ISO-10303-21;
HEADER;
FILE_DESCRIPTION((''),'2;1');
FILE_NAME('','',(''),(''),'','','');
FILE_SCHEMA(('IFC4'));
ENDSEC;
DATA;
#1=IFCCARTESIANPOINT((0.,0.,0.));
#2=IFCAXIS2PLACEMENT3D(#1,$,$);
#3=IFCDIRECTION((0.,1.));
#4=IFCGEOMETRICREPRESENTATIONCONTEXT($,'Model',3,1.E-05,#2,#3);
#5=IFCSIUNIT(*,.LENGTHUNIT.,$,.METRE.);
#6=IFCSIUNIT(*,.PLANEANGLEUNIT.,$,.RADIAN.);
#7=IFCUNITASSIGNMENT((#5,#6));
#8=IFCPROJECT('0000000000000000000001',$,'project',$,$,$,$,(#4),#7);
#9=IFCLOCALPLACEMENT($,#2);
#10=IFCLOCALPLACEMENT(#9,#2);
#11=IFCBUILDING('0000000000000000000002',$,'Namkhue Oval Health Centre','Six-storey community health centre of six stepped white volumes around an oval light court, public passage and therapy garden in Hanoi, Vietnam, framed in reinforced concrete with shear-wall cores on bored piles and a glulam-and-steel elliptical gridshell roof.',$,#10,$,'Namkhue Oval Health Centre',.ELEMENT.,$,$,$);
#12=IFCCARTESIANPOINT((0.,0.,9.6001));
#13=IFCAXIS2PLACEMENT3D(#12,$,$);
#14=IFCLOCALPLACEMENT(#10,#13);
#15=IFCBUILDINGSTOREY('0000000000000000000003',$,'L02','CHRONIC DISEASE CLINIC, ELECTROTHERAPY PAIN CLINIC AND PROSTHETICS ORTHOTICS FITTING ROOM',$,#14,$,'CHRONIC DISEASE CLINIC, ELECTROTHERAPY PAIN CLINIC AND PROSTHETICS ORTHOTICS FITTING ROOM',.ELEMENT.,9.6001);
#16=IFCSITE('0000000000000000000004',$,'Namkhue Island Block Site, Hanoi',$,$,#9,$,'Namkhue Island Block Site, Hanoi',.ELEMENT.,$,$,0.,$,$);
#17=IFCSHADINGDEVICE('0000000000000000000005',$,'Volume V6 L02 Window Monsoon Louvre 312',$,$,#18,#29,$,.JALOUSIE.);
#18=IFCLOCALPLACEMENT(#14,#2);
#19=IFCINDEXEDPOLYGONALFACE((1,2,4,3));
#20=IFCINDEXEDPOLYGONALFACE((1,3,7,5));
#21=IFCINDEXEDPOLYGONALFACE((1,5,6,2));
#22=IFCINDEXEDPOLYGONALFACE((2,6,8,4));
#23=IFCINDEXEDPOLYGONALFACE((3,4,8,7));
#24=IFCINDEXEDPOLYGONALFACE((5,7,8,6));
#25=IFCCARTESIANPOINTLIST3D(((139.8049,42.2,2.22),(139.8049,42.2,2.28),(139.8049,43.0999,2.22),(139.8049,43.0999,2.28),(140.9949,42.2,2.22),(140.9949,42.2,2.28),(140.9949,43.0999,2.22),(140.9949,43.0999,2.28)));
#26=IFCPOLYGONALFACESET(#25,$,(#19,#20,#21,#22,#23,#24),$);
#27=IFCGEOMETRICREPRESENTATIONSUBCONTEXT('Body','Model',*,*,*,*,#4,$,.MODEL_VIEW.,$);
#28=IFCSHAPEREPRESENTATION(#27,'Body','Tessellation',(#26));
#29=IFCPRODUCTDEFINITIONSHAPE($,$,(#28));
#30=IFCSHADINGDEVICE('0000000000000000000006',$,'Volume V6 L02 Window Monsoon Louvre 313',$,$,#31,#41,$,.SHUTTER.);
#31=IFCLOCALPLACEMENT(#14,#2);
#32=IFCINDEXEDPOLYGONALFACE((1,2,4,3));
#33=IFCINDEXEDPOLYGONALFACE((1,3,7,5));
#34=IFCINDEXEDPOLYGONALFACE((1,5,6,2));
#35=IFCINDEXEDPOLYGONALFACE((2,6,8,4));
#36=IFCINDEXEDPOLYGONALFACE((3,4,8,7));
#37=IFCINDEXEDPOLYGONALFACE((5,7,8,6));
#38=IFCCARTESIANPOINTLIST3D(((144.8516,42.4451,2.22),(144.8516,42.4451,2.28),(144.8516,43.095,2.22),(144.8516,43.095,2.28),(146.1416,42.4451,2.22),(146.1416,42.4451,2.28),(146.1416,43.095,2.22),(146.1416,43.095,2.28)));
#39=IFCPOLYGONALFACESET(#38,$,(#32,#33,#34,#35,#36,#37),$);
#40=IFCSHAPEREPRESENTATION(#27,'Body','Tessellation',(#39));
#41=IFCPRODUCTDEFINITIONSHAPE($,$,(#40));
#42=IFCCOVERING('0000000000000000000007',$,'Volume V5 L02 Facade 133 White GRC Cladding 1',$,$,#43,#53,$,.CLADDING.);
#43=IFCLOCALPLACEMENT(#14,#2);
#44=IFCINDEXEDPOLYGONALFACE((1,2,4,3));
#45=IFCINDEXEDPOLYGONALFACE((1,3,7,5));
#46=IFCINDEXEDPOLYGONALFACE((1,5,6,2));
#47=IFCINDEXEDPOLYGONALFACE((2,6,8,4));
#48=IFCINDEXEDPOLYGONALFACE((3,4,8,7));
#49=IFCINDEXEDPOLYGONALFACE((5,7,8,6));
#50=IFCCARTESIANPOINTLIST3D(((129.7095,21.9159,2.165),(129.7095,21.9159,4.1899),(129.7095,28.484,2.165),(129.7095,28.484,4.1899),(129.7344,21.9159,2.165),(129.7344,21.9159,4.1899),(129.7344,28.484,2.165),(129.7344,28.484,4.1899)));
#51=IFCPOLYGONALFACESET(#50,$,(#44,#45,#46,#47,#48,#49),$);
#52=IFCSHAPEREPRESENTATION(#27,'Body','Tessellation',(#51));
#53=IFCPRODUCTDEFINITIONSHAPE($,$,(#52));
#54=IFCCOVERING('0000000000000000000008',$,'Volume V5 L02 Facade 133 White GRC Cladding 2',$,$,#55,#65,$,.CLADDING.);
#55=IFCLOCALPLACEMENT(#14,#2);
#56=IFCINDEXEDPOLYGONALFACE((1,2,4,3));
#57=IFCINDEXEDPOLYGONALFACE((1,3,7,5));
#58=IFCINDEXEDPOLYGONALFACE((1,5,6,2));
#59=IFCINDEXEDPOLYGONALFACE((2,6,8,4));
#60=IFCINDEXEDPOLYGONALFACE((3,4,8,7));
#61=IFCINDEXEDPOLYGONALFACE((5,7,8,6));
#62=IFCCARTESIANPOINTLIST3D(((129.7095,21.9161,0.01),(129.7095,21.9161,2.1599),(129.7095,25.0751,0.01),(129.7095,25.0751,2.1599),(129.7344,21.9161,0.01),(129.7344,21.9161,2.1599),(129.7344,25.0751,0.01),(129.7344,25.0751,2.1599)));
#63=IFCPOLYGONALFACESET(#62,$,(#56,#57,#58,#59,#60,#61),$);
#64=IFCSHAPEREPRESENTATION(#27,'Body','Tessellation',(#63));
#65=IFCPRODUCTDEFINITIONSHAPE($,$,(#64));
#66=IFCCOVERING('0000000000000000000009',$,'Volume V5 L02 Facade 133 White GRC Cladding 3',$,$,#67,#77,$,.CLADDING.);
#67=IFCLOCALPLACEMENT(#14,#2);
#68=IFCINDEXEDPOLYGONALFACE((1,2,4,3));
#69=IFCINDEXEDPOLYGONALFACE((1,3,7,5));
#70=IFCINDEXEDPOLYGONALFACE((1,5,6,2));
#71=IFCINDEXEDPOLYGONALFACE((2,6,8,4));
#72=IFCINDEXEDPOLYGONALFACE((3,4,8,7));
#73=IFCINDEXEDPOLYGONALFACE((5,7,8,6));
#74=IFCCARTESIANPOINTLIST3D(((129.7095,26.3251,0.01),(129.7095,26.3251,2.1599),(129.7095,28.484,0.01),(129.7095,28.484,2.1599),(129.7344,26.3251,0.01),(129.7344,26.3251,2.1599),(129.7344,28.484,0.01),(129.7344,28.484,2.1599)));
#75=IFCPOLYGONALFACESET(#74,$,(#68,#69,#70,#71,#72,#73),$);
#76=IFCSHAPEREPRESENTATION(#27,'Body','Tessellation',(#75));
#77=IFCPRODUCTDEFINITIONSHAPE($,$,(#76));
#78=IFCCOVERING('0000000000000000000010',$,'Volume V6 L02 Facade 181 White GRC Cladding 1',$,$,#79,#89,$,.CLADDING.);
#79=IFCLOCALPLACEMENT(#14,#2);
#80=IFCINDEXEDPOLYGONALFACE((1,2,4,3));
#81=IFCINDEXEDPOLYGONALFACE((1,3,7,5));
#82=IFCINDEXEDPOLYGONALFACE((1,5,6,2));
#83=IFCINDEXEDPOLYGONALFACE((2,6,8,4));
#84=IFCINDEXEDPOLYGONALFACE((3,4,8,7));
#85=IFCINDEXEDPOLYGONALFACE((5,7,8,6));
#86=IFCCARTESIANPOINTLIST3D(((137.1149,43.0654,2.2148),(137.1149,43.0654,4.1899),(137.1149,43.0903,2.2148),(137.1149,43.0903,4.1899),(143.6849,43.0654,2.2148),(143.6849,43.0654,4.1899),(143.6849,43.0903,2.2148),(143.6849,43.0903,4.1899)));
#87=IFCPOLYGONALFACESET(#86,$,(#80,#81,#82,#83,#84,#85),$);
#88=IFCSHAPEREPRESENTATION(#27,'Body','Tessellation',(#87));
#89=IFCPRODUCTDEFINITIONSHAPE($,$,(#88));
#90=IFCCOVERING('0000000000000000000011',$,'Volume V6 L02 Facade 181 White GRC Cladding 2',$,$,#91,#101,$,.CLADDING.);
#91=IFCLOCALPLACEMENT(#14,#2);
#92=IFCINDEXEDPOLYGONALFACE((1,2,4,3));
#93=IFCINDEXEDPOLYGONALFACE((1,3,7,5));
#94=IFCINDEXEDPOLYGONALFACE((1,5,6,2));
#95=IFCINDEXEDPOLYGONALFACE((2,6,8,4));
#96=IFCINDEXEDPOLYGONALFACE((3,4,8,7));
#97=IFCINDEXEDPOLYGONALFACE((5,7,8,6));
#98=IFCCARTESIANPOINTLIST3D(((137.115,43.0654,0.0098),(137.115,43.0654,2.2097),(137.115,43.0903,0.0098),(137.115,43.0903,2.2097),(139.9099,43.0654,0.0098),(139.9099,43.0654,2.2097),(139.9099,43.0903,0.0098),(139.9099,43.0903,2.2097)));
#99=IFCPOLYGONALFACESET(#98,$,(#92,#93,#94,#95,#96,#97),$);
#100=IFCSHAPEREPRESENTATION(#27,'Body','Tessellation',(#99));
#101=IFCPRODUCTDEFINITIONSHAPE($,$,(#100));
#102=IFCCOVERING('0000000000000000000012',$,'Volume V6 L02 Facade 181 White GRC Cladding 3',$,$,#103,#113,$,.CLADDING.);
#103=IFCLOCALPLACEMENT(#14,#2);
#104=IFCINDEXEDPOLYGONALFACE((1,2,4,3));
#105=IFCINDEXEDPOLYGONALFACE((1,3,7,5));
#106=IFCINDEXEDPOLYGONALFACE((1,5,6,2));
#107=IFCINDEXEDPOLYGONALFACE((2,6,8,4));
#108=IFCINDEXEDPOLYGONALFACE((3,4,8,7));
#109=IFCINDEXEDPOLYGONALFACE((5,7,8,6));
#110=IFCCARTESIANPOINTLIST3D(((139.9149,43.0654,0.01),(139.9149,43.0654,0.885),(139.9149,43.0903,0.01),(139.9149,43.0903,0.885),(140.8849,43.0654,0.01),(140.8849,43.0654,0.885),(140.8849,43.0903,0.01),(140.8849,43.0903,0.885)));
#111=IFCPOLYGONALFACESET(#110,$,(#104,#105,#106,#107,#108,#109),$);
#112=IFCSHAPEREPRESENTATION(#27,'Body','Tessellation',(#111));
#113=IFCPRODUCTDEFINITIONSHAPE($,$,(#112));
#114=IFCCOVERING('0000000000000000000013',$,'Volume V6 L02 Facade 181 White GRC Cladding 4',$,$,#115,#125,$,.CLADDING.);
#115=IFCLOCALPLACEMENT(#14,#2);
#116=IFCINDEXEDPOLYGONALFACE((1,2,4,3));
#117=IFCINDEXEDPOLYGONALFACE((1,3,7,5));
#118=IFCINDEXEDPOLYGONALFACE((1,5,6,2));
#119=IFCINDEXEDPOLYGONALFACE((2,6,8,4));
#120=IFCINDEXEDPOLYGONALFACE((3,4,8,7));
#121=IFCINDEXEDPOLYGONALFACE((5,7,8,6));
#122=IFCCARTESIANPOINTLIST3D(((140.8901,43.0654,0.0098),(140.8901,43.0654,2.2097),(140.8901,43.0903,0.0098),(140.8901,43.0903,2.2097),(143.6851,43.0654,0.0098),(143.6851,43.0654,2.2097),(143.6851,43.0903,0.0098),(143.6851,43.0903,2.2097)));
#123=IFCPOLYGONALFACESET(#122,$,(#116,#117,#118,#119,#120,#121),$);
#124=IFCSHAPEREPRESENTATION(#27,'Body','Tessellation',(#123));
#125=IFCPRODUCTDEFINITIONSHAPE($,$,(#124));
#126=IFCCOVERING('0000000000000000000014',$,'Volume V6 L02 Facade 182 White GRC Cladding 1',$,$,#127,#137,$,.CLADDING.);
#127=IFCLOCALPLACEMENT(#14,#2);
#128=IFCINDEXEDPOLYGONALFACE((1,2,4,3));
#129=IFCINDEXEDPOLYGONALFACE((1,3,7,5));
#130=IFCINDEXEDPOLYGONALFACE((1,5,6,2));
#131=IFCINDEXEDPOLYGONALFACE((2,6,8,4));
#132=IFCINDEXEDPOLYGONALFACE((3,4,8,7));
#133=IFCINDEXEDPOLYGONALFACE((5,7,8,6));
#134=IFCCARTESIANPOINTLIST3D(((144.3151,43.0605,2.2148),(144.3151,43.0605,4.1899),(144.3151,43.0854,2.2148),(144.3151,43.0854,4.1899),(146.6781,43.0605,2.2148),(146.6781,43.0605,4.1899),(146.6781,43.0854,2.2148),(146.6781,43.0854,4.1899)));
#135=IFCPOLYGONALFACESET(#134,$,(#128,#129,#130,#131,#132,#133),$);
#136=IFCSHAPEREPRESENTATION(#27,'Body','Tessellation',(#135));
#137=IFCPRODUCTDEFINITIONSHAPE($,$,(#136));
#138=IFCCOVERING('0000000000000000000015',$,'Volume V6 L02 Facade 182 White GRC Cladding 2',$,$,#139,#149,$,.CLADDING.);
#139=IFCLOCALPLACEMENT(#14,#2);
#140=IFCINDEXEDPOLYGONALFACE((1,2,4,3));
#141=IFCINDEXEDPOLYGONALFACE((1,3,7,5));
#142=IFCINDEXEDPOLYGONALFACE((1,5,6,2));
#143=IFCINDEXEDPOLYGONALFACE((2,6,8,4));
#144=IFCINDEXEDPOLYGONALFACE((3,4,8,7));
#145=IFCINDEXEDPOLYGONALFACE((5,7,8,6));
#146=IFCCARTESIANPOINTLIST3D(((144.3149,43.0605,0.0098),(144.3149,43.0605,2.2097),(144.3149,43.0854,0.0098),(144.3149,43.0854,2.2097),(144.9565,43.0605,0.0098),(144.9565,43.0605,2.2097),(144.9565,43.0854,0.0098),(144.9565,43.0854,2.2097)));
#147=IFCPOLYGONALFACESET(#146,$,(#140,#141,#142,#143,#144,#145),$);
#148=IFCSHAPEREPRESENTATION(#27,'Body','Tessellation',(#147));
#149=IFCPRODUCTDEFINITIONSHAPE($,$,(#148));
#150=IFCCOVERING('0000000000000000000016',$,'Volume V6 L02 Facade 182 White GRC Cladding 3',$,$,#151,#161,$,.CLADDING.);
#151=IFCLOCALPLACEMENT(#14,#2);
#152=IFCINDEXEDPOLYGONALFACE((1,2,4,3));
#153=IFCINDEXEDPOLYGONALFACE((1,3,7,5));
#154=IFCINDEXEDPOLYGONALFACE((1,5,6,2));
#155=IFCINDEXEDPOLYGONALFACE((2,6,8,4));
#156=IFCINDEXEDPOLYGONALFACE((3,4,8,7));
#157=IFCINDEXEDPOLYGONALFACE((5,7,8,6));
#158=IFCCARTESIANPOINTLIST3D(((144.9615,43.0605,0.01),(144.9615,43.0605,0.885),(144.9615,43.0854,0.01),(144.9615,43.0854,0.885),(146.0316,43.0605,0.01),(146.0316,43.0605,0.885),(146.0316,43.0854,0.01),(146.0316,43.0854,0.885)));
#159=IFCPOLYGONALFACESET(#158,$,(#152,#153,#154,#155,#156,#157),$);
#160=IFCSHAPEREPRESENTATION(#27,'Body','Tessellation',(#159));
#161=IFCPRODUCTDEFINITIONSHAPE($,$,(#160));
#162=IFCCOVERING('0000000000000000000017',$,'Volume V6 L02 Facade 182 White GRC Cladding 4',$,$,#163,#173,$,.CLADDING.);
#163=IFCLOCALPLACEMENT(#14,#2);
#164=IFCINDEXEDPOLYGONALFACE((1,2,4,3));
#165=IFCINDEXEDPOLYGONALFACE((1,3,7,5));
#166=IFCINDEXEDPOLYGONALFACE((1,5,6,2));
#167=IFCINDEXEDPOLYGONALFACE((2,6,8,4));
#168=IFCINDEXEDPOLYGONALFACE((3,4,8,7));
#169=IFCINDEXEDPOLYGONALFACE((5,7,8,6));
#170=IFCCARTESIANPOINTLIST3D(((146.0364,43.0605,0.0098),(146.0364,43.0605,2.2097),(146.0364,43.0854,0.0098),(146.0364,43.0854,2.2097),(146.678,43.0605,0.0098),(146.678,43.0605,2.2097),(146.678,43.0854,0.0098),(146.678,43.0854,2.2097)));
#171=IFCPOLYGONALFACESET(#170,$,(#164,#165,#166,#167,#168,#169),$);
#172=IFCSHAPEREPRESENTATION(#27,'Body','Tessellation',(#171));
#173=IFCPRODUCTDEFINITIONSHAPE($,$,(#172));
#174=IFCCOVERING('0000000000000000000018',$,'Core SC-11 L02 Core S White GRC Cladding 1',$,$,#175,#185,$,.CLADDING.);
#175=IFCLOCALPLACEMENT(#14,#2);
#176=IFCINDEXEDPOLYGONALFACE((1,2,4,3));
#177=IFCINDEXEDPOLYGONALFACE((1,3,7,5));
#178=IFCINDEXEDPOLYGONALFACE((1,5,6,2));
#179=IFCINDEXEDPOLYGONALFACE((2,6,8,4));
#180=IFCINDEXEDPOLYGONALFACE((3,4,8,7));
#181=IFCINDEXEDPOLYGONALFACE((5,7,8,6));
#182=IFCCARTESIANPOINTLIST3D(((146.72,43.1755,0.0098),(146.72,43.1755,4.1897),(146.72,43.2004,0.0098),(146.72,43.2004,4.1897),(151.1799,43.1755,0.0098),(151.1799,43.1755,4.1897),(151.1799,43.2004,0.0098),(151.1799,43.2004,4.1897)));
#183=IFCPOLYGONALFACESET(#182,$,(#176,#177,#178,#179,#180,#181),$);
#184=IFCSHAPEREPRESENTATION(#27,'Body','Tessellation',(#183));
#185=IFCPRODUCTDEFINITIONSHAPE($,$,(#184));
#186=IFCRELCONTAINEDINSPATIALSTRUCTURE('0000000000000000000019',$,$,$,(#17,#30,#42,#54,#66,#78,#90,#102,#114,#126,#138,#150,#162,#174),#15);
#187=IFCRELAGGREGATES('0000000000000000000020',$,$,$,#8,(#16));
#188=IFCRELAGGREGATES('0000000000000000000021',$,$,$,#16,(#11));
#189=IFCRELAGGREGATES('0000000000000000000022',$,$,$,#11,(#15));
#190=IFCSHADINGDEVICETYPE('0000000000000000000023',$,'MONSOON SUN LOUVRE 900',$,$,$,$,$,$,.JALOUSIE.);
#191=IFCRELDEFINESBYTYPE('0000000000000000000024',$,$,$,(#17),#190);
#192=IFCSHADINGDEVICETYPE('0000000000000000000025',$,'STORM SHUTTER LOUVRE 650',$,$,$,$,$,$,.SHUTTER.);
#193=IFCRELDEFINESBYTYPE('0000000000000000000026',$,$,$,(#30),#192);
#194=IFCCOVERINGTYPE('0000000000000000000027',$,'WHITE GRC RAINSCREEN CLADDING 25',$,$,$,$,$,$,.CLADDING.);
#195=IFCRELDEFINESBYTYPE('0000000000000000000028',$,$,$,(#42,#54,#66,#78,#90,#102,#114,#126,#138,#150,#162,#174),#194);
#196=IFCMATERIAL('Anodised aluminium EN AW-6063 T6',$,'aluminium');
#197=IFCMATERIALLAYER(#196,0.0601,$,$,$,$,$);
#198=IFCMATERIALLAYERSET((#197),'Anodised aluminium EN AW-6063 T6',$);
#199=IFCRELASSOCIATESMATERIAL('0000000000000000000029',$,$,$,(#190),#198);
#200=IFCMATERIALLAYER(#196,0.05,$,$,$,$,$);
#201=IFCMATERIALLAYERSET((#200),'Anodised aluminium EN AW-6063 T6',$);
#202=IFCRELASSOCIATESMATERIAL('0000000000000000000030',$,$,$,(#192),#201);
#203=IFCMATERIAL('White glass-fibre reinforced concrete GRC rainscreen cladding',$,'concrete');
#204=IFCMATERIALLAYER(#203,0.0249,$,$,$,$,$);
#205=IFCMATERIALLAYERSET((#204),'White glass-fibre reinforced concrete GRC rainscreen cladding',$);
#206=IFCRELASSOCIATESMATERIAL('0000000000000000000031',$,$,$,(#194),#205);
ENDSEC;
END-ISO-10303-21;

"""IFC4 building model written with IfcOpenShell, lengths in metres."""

from ifc_helpers import new_model, si_unit, direction, frame, origin, origin_2d, place, context, subcontext, project, spatial, rectangle, extrude, material, layer, layer_set, type_object, element, save


model = new_model("IFC4")

# Units and contexts
model_context = context("Model", 3, precision=1e-05, world=origin(), true_north=direction((0.0, 1.0)))
body_context = subcontext(model_context, "Body", "Model", "MODEL_VIEW")
ifc_project = project(units=[si_unit("LENGTHUNIT", "METRE"), si_unit("PLANEANGLEUNIT", "RADIAN")], contexts=[model_context])

# Site, building, storey
site_placement = place(None, origin())
site = spatial("IfcSite", under=ifc_project, at=site_placement, Name="Namkhue Island Block Site, Hanoi", LongName="Namkhue Island Block Site, Hanoi", CompositionType="ELEMENT", RefElevation=0.0)
building_placement = place(site_placement, origin())
building = spatial("IfcBuilding", under=site, at=building_placement, Name="Namkhue Oval Health Centre", Description="Six-storey community health centre of six stepped white volumes around an oval light court, public passage and therapy garden in Hanoi, Vietnam, framed in reinforced concrete with shear-wall cores on bored piles and a glulam-and-steel elliptical gridshell roof.", LongName="Namkhue Oval Health Centre", CompositionType="ELEMENT")
storey_placement = place(building_placement, frame((0.0, 0.0, 9.6001)))
storey = spatial("IfcBuildingStorey", under=building, at=storey_placement, Name="L02", Description="CHRONIC DISEASE CLINIC, ELECTROTHERAPY PAIN CLINIC AND PROSTHETICS ORTHOTICS FITTING ROOM", LongName="CHRONIC DISEASE CLINIC, ELECTROTHERAPY PAIN CLINIC AND PROSTHETICS ORTHOTICS FITTING ROOM", CompositionType="ELEMENT", Elevation=9.6001)

# Shading devices
ifc_material_1 = material(Name="Anodised aluminium EN AW-6063 T6", Category="aluminium")
ifc_layer_1 = layer(ifc_material_1, 0.0601)
ifc_layer_set_1 = layer_set([ifc_layer_1], Name="Anodised aluminium EN AW-6063 T6")
shading_device_type_1 = type_object("IfcShadingDeviceType", Name="MONSOON SUN LOUVRE 900", PredefinedType="JALOUSIE", material=ifc_layer_set_1)
shading_device_1_placement = place(storey_placement, frame((140.3999, 42.6499, 2.22), z_axis=(0.0, 0.0, 1.0), x_axis=(1.0, 0.0, 0.0)))
element("IfcShadingDevice", 1, at=shading_device_1_placement, inside=storey, type_object=shading_device_type_1, Name="Volume V6 L02 Window Monsoon Louvre 312", PredefinedType="JALOUSIE", context=body_context, shape_type="SweptSolid", body=[
    extrude(rectangle(XDim=1.1899, YDim=0.8999, at=origin_2d()), origin(), (0.0, 0.0, 1.0), 0.0601),
])
ifc_layer_2 = layer(ifc_material_1, 0.05)
ifc_layer_set_2 = layer_set([ifc_layer_2], Name="Anodised aluminium EN AW-6063 T6")
shading_device_type_2 = type_object("IfcShadingDeviceType", Name="STORM SHUTTER LOUVRE 650", PredefinedType="SHUTTER", material=ifc_layer_set_2)
shading_device_2_placement = place(storey_placement, frame((145.4966, 42.77, 2.22), z_axis=(0.0, 0.0, 1.0), x_axis=(1.0, 0.0, 0.0)))
element("IfcShadingDevice", 2, at=shading_device_2_placement, inside=storey, type_object=shading_device_type_2, Name="Volume V6 L02 Window Monsoon Louvre 313", PredefinedType="SHUTTER", context=body_context, shape_type="SweptSolid", body=[
    extrude(rectangle(XDim=1.29, YDim=0.6499, at=origin_2d()), origin(), (0.0, 0.0, 1.0), 0.0601),
])

# Coverings
ifc_material_2 = material(Name="White glass-fibre reinforced concrete GRC rainscreen cladding", Category="concrete")
ifc_layer_3 = layer(ifc_material_2, 0.0249)
ifc_layer_set_3 = layer_set([ifc_layer_3], Name="White glass-fibre reinforced concrete GRC rainscreen cladding")
covering_type = type_object("IfcCoveringType", Name="WHITE GRC RAINSCREEN CLADDING 25", PredefinedType="CLADDING", material=ifc_layer_set_3)
covering_1_placement = place(storey_placement, frame((129.7219, 25.2, 2.165), z_axis=(0.0, 0.0, 1.0), x_axis=(0.0, 1.0, 0.0)))
element("IfcCovering", 3, at=covering_1_placement, inside=storey, type_object=covering_type, Name="Volume V5 L02 Facade 133 White GRC Cladding 1", PredefinedType="CLADDING", context=body_context, shape_type="SweptSolid", body=[
    extrude(rectangle(XDim=6.5681, YDim=0.0249, at=origin_2d()), origin(), (0.0, 0.0, 1.0), 2.0249),
])
covering_2_placement = place(storey_placement, frame((129.7219, 23.4956, 0.01), z_axis=(0.0, 0.0, 1.0), x_axis=(0.0, 1.0, 0.0)))
element("IfcCovering", 4, at=covering_2_placement, inside=storey, type_object=covering_type, Name="Volume V5 L02 Facade 133 White GRC Cladding 2", PredefinedType="CLADDING", context=body_context, shape_type="SweptSolid", body=[
    extrude(rectangle(XDim=3.1589, YDim=0.0249, at=origin_2d()), origin(), (0.0, 0.0, 1.0), 2.1499),
])
covering_3_placement = place(storey_placement, frame((129.7219, 27.4045, 0.01), z_axis=(0.0, 0.0, 1.0), x_axis=(0.0, 1.0, 0.0)))
element("IfcCovering", 5, at=covering_3_placement, inside=storey, type_object=covering_type, Name="Volume V5 L02 Facade 133 White GRC Cladding 3", PredefinedType="CLADDING", context=body_context, shape_type="SweptSolid", body=[
    extrude(rectangle(XDim=2.1589, YDim=0.0249, at=origin_2d()), origin(), (0.0, 0.0, 1.0), 2.1499),
])
covering_4_placement = place(storey_placement, frame((140.3999, 43.0779, 2.2148), z_axis=(0.0, 0.0, 1.0), x_axis=(1.0, 0.0, 0.0)))
element("IfcCovering", 6, at=covering_4_placement, inside=storey, type_object=covering_type, Name="Volume V6 L02 Facade 181 White GRC Cladding 1", PredefinedType="CLADDING", context=body_context, shape_type="SweptSolid", body=[
    extrude(rectangle(XDim=6.5701, YDim=0.0249, at=origin_2d()), origin(), (0.0, 0.0, 1.0), 1.9751),
])
covering_5_placement = place(storey_placement, frame((138.5125, 43.0779, 0.0098), z_axis=(0.0, 0.0, 1.0), x_axis=(1.0, 0.0, 0.0)))
element("IfcCovering", 7, at=covering_5_placement, inside=storey, type_object=covering_type, Name="Volume V6 L02 Facade 181 White GRC Cladding 2", PredefinedType="CLADDING", context=body_context, shape_type="SweptSolid", body=[
    extrude(rectangle(XDim=2.7949, YDim=0.0249, at=origin_2d()), origin(), (0.0, 0.0, 1.0), 2.2),
])
covering_6_placement = place(storey_placement, frame((140.3999, 43.0779, 0.01), z_axis=(0.0, 0.0, 1.0), x_axis=(1.0, 0.0, 0.0)))
element("IfcCovering", 8, at=covering_6_placement, inside=storey, type_object=covering_type, Name="Volume V6 L02 Facade 181 White GRC Cladding 3", PredefinedType="CLADDING", context=body_context, shape_type="SweptSolid", body=[
    extrude(rectangle(XDim=0.97, YDim=0.0249, at=origin_2d()), origin(), (0.0, 0.0, 1.0), 0.875),
])
covering_7_placement = place(storey_placement, frame((142.2876, 43.0779, 0.0098), z_axis=(0.0, 0.0, 1.0), x_axis=(1.0, 0.0, 0.0)))
element("IfcCovering", 9, at=covering_7_placement, inside=storey, type_object=covering_type, Name="Volume V6 L02 Facade 181 White GRC Cladding 4", PredefinedType="CLADDING", context=body_context, shape_type="SweptSolid", body=[
    extrude(rectangle(XDim=2.7949, YDim=0.0249, at=origin_2d()), origin(), (0.0, 0.0, 1.0), 2.2),
])
covering_8_placement = place(storey_placement, frame((145.4966, 43.073, 2.2148), z_axis=(0.0, 0.0, 1.0), x_axis=(1.0, 0.0, 0.0)))
element("IfcCovering", 10, at=covering_8_placement, inside=storey, type_object=covering_type, Name="Volume V6 L02 Facade 182 White GRC Cladding 1", PredefinedType="CLADDING", context=body_context, shape_type="SweptSolid", body=[
    extrude(rectangle(XDim=2.363, YDim=0.0249, at=origin_2d()), origin(), (0.0, 0.0, 1.0), 1.9751),
])
covering_9_placement = place(storey_placement, frame((144.6357, 43.073, 0.0098), z_axis=(0.0, 0.0, 1.0), x_axis=(1.0, 0.0, 0.0)))
element("IfcCovering", 11, at=covering_9_placement, inside=storey, type_object=covering_type, Name="Volume V6 L02 Facade 182 White GRC Cladding 2", PredefinedType="CLADDING", context=body_context, shape_type="SweptSolid", body=[
    extrude(rectangle(XDim=0.6416, YDim=0.0249, at=origin_2d()), origin(), (0.0, 0.0, 1.0), 2.2),
])
covering_10_placement = place(storey_placement, frame((145.4966, 43.073, 0.01), z_axis=(0.0, 0.0, 1.0), x_axis=(1.0, 0.0, 0.0)))
element("IfcCovering", 12, at=covering_10_placement, inside=storey, type_object=covering_type, Name="Volume V6 L02 Facade 182 White GRC Cladding 3", PredefinedType="CLADDING", context=body_context, shape_type="SweptSolid", body=[
    extrude(rectangle(XDim=1.0701, YDim=0.0249, at=origin_2d()), origin(), (0.0, 0.0, 1.0), 0.875),
])
covering_11_placement = place(storey_placement, frame((146.3572, 43.073, 0.0098), z_axis=(0.0, 0.0, 1.0), x_axis=(1.0, 0.0, 0.0)))
element("IfcCovering", 13, at=covering_11_placement, inside=storey, type_object=covering_type, Name="Volume V6 L02 Facade 182 White GRC Cladding 4", PredefinedType="CLADDING", context=body_context, shape_type="SweptSolid", body=[
    extrude(rectangle(XDim=0.6416, YDim=0.0249, at=origin_2d()), origin(), (0.0, 0.0, 1.0), 2.2),
])
covering_12_placement = place(storey_placement, frame((148.95, 43.188, 0.0098), z_axis=(0.0, 0.0, 1.0), x_axis=(1.0, 0.0, 0.0)))
element("IfcCovering", 14, at=covering_12_placement, inside=storey, type_object=covering_type, Name="Core SC-11 L02 Core S White GRC Cladding 1", PredefinedType="CLADDING", context=body_context, shape_type="SweptSolid", body=[
    extrude(rectangle(XDim=4.46, YDim=0.0249, at=origin_2d()), origin(), (0.0, 0.0, 1.0), 4.1799),
])

save(model, "model.ifc")
